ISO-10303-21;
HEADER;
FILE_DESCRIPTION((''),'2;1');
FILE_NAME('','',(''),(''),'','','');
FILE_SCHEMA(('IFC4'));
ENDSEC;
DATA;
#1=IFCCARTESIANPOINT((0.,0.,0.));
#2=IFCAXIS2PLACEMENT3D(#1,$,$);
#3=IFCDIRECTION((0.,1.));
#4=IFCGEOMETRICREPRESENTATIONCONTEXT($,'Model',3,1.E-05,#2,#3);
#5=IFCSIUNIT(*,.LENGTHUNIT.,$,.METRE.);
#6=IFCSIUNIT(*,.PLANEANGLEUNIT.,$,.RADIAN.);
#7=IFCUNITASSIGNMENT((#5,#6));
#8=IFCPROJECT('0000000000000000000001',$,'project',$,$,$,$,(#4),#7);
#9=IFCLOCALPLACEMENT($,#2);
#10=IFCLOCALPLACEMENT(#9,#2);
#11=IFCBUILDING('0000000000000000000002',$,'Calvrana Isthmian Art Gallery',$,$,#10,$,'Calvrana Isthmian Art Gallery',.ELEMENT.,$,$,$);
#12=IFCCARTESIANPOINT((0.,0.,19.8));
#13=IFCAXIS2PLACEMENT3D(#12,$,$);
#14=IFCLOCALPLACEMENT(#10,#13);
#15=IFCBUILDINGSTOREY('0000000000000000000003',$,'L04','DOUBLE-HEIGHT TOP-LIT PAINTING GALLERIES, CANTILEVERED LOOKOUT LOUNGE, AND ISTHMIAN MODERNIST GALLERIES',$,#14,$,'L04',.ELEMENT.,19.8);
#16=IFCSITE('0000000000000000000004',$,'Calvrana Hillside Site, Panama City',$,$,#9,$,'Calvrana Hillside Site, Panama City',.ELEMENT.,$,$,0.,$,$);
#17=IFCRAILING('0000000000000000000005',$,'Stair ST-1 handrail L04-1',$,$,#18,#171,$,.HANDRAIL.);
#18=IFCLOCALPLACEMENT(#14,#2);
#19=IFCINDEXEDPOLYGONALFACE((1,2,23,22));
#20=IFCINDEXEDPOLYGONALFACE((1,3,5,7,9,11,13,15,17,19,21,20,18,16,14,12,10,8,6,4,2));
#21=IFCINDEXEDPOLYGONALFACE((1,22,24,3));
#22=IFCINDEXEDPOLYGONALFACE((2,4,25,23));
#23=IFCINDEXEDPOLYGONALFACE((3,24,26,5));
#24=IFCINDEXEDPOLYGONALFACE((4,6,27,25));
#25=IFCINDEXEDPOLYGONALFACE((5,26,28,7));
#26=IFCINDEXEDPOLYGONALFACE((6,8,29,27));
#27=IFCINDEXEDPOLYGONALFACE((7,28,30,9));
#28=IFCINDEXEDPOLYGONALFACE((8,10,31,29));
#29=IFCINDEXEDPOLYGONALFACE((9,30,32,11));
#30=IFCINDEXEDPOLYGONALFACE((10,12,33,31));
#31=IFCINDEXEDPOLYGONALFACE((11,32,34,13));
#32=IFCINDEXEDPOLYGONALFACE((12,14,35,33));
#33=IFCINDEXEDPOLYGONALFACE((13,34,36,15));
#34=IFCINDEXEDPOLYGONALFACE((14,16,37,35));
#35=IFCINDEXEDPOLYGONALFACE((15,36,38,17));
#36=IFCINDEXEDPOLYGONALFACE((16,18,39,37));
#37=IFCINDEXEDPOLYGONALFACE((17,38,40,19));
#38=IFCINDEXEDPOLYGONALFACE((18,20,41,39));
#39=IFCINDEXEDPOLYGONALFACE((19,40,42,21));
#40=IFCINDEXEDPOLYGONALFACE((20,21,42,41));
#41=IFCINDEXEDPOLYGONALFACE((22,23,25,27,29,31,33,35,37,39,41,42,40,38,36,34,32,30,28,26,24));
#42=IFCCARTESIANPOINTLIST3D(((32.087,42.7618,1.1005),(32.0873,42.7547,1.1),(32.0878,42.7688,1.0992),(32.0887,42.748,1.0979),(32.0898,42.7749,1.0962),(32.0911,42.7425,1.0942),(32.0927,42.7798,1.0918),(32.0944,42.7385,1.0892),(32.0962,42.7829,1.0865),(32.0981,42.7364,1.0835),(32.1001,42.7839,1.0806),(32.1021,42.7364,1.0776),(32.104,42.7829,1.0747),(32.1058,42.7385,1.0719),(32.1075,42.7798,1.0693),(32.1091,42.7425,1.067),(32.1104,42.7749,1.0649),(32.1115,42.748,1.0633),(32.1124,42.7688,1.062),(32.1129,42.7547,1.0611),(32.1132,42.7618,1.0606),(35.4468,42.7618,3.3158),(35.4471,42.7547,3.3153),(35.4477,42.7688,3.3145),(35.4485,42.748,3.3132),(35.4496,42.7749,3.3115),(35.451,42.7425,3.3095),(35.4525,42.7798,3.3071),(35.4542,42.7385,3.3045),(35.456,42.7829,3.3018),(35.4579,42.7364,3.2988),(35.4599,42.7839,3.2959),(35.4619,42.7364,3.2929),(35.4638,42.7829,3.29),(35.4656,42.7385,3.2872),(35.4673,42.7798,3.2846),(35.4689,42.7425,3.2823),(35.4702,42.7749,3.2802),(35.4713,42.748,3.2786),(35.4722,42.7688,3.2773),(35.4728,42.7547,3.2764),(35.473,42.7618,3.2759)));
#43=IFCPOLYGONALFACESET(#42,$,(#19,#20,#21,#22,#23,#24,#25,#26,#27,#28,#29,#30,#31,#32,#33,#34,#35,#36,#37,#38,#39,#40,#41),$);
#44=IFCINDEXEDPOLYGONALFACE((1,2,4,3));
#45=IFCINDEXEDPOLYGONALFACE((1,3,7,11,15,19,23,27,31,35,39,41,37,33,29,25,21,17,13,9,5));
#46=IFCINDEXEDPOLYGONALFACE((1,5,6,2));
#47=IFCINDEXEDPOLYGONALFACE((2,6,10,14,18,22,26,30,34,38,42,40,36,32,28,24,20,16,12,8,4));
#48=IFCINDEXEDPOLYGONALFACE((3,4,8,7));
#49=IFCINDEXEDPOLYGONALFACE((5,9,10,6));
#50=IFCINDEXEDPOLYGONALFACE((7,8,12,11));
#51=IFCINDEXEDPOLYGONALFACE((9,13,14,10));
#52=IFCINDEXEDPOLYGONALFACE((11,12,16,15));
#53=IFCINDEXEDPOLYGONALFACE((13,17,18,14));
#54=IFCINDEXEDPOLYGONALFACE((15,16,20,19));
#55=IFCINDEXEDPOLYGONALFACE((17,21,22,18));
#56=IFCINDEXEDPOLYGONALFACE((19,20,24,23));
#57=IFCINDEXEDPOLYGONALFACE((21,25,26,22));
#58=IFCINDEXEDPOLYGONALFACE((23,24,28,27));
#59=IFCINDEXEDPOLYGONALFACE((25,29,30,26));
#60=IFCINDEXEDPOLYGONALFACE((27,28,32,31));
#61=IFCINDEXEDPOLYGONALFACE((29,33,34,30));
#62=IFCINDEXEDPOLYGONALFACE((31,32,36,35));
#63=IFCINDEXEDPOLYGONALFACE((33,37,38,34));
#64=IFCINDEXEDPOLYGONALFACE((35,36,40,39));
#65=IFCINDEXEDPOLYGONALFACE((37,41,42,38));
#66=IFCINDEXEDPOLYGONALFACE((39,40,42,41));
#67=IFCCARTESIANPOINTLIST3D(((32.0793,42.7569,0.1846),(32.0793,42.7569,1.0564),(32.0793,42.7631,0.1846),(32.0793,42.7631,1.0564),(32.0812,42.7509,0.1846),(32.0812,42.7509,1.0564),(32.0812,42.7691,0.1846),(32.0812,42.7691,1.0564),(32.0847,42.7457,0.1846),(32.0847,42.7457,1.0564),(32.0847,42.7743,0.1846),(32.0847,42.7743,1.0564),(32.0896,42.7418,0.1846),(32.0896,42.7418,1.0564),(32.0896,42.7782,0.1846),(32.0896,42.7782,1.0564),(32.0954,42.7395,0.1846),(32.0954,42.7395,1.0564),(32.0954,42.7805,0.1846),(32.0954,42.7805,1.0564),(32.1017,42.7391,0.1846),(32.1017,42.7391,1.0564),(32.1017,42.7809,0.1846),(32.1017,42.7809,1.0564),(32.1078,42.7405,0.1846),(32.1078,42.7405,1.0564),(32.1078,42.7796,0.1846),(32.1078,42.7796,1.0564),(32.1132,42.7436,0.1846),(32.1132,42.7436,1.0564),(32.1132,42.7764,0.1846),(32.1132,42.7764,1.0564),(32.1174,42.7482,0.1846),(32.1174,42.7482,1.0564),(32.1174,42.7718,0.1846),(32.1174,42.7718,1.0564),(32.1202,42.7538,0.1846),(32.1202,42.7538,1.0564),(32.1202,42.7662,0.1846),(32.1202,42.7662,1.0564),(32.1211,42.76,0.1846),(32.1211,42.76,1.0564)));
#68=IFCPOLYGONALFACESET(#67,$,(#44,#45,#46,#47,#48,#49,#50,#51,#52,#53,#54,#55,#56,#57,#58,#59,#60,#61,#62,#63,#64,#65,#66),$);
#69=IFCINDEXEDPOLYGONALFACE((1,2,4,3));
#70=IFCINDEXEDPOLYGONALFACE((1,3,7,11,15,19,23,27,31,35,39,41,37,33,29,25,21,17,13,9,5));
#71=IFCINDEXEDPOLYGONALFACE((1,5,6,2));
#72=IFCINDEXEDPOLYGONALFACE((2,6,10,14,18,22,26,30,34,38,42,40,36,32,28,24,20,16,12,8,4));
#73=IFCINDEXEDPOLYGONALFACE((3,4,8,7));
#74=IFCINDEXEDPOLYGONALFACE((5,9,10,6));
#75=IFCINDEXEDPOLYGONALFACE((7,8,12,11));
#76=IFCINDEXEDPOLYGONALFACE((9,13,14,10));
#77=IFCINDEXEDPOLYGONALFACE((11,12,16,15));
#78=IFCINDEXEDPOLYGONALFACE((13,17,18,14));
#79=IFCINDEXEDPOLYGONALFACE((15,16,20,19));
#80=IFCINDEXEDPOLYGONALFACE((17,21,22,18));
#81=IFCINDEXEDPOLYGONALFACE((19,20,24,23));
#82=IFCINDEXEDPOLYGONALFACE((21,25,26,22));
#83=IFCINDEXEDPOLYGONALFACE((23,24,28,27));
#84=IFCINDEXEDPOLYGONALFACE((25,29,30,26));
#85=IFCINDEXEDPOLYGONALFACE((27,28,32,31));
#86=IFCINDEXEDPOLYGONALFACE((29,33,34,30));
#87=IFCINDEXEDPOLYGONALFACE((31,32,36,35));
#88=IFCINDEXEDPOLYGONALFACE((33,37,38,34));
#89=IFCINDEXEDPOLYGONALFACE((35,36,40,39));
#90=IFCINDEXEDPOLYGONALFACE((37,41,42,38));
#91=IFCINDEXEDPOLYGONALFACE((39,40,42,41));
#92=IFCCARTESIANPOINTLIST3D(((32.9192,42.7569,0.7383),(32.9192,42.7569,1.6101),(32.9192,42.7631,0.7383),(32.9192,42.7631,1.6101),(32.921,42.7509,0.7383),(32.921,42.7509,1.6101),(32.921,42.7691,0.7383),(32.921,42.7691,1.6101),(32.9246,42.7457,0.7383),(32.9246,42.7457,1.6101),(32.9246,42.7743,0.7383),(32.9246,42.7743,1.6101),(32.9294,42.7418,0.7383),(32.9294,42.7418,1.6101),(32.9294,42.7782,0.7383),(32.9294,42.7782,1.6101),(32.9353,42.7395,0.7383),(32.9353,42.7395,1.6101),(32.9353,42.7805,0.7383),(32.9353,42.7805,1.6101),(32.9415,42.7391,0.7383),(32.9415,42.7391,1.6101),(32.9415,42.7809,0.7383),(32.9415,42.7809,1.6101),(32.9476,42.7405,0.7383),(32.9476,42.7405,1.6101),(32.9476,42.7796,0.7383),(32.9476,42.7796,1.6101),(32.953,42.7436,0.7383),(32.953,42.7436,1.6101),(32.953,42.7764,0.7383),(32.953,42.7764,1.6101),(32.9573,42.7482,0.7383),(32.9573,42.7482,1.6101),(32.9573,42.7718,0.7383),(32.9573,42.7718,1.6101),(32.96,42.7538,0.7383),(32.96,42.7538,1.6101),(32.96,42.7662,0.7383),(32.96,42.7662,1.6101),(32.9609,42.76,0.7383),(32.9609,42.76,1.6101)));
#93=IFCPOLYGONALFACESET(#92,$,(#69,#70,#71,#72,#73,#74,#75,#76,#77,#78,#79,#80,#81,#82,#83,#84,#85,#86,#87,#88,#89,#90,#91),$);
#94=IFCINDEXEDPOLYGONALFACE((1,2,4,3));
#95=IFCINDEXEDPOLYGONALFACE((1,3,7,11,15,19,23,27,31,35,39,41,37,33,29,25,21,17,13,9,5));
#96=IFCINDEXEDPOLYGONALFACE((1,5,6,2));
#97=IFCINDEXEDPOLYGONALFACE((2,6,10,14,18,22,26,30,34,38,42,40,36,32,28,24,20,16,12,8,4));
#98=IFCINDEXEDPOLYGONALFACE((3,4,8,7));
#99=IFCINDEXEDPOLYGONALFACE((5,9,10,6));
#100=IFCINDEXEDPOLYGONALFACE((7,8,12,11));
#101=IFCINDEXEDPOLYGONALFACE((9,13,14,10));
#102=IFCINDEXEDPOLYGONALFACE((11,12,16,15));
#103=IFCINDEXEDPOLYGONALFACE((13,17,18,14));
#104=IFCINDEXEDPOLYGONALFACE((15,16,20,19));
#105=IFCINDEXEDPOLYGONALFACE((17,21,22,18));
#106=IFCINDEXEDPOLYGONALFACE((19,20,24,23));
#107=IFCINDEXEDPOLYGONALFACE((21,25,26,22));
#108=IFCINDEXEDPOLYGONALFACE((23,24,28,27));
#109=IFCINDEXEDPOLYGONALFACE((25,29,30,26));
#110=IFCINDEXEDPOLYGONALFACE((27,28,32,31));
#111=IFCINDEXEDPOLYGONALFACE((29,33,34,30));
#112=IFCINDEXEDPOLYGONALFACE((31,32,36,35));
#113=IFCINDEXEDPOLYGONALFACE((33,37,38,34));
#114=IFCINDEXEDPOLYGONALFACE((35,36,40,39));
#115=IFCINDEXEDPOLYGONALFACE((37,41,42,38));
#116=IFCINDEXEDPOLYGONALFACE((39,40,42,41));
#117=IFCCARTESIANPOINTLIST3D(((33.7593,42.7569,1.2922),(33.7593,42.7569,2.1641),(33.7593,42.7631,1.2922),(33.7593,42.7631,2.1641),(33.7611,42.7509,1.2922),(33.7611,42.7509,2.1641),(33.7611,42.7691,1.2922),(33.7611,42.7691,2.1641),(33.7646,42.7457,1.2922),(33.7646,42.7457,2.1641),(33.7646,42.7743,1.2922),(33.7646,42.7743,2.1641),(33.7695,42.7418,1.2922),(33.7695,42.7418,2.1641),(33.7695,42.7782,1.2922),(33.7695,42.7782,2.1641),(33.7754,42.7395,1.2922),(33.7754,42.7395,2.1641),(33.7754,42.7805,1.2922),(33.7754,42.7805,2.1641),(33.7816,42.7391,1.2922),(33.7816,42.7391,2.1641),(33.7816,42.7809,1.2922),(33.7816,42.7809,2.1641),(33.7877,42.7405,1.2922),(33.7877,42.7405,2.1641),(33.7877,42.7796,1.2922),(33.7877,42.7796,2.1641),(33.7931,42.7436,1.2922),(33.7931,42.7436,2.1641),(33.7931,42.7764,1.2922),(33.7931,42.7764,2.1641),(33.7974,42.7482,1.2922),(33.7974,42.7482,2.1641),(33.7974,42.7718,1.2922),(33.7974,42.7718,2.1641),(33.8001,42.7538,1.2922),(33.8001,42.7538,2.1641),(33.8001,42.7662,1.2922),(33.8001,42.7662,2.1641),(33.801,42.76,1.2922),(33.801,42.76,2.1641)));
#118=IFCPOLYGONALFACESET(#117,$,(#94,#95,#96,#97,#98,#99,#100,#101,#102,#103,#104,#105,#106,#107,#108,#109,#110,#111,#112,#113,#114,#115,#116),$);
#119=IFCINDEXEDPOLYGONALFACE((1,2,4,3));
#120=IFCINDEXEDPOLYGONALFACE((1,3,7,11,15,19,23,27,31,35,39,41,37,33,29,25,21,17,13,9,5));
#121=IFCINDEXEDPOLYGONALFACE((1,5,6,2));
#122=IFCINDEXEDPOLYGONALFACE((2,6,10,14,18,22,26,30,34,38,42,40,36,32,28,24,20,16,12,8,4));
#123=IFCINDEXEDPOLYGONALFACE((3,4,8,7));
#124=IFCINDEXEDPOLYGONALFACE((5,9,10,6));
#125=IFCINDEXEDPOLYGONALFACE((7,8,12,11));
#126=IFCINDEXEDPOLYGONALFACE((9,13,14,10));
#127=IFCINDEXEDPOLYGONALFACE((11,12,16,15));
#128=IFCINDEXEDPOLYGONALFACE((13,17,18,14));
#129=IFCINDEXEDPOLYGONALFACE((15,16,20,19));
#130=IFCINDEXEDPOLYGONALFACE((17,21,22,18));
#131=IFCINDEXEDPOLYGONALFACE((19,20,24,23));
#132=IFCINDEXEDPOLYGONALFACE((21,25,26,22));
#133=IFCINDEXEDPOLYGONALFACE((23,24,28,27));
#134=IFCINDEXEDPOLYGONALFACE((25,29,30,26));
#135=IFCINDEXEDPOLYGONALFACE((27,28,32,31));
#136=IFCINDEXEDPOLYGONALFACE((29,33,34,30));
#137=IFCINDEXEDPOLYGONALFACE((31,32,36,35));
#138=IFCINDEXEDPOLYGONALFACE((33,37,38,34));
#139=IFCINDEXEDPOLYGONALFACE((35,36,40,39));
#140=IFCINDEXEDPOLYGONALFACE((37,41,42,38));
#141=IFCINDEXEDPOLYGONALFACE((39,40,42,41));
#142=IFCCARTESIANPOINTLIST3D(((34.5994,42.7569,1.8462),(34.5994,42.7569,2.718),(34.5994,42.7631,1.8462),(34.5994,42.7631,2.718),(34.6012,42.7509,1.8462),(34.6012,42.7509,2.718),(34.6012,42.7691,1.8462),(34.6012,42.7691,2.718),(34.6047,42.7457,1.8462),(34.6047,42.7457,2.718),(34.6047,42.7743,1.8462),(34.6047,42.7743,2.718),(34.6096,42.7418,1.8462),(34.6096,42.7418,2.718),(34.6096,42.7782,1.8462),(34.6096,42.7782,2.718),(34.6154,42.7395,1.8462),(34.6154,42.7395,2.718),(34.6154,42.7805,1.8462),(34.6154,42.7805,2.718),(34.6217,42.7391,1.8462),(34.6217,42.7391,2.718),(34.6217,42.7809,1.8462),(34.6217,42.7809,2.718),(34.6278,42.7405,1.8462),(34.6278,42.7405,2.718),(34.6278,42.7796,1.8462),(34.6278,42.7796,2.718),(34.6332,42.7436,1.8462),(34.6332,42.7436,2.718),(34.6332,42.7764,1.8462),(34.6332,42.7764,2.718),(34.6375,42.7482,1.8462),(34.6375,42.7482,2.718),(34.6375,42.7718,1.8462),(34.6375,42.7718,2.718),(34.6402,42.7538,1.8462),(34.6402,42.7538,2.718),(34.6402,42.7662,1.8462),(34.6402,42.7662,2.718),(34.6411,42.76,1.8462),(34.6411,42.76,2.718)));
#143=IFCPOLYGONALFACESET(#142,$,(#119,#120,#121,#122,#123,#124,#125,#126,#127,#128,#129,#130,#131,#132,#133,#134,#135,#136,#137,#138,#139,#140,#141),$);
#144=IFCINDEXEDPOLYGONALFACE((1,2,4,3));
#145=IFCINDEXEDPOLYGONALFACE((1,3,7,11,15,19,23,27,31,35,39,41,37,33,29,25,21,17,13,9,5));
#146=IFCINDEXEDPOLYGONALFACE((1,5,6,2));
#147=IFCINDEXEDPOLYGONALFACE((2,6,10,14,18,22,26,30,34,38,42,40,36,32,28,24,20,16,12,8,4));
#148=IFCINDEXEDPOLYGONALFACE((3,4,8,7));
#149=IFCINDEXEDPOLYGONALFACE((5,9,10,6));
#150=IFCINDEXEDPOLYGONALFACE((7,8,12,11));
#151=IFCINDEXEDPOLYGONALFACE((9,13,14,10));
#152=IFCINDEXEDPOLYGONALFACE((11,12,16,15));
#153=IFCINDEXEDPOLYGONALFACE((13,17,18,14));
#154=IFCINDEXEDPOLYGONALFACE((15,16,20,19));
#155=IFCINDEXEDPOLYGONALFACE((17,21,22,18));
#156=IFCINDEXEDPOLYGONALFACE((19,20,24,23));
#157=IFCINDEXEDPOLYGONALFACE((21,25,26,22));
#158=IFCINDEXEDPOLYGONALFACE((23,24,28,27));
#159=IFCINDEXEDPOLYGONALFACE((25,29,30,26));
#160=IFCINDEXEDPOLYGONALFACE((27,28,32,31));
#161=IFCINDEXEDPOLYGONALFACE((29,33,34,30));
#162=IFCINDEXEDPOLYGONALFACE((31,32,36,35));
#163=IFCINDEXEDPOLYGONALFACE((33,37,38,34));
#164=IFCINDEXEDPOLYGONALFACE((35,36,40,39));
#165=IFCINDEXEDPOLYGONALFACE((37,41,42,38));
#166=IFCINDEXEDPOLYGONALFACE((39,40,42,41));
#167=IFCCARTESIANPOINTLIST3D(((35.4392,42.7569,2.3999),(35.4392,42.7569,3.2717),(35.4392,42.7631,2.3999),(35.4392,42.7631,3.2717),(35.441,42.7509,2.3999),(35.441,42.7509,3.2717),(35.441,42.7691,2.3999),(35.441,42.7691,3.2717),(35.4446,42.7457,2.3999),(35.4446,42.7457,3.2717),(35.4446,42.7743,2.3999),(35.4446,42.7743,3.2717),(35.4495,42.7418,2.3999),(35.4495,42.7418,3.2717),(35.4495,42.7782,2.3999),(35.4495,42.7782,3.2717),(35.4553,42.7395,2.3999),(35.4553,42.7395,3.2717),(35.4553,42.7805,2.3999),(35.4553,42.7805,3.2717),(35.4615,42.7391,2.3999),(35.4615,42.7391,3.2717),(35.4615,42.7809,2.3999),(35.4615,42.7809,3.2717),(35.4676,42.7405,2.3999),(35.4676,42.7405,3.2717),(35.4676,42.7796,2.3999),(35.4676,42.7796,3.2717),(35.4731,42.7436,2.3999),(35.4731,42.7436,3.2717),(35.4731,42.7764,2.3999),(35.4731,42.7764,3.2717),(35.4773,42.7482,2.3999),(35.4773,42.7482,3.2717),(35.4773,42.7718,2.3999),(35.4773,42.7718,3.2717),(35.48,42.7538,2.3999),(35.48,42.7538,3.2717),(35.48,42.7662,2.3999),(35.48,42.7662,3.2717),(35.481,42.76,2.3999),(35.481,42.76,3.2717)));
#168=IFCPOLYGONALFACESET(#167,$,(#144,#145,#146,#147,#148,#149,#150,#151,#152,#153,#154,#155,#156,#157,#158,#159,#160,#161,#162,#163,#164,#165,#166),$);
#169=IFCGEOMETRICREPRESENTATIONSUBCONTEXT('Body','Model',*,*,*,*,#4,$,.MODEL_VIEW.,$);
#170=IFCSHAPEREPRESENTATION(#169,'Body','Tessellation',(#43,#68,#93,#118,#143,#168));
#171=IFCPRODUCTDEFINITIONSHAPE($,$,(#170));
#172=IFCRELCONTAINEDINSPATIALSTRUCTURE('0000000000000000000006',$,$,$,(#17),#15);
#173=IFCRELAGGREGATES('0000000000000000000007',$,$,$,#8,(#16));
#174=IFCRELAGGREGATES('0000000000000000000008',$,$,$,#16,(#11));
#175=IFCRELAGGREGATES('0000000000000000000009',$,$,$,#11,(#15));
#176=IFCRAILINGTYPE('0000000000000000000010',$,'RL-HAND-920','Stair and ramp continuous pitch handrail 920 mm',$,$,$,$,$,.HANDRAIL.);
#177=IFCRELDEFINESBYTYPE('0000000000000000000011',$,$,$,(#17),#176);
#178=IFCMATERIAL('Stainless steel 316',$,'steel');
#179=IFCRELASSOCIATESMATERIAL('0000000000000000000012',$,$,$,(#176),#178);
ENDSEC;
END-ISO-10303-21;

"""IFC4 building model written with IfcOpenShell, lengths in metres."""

from ifc_helpers import new_model, si_unit, direction, frame, origin, origin_2d, place, context, subcontext, project, spatial, circle, extrude, material, type_object, element, save


model = new_model("IFC4")

# Units and contexts
model_context = context("Model", 3, precision=1e-05, world=origin(), true_north=direction((0.0, 1.0)))
body_context = subcontext(model_context, "Body", "Model", "MODEL_VIEW")
ifc_project = project(units=[si_unit("LENGTHUNIT", "METRE"), si_unit("PLANEANGLEUNIT", "RADIAN")], contexts=[model_context])

# Site, building, storey
site_placement = place(None, origin())
site = spatial("IfcSite", under=ifc_project, at=site_placement, Name="Calvrana Hillside Site, Panama City", LongName="Calvrana Hillside Site, Panama City", CompositionType="ELEMENT", RefElevation=0.0)
building_placement = place(site_placement, origin())
building = spatial("IfcBuilding", under=site, at=building_placement, Name="Calvrana Isthmian Art Gallery", LongName="Calvrana Isthmian Art Gallery", CompositionType="ELEMENT")
storey_placement = place(building_placement, frame((0.0, 0.0, 19.8)))
storey = spatial("IfcBuildingStorey", under=building, at=storey_placement, Name="L04", Description="DOUBLE-HEIGHT TOP-LIT PAINTING GALLERIES, CANTILEVERED LOOKOUT LOUNGE, AND ISTHMIAN MODERNIST GALLERIES", LongName="L04", CompositionType="ELEMENT", Elevation=19.8)

# Shared definitions
ifc_material_1 = material(Name="Stainless steel 316", Category="steel")

# Railing
railing_type_1 = type_object("IfcRailingType", Name="RL-HAND-920", Description="Stair and ramp continuous pitch handrail 920 mm", PredefinedType="HANDRAIL", material=ifc_material_1)
railing_1_placement = place(storey_placement, frame((32.1001, 42.76, 0.1846)))
element("IfcRailing", 1, at=railing_1_placement, inside=storey, type_object=railing_type_1, Name="Stair ST-1 handrail L04-1", PredefinedType="HANDRAIL", context=body_context, shape_type="SweptSolid", body=[
    extrude(circle(Radius=0.0239, at=origin_2d()), frame((0.0, 0.0, 0.896), z_axis=(0.834858, 0.0, 0.550465), x_axis=(0.0, 1.0, 0.0)), (0.0, 0.0, 1.0), 4.0244),
    extrude(circle(Radius=0.021, at=origin_2d()), origin(), (0.0, 0.0, 1.0), 0.8718),
    extrude(circle(Radius=0.021, at=origin_2d()), frame((0.8398, 0.0, 0.5537)), (0.0, 0.0, 1.0), 0.8718),
    extrude(circle(Radius=0.021, at=origin_2d()), frame((1.6799, 0.0, 1.1077)), (0.0, 0.0, 1.0), 0.8718),
    extrude(circle(Radius=0.021, at=origin_2d()), frame((2.52, 0.0, 1.6616)), (0.0, 0.0, 1.0), 0.8718),
    extrude(circle(Radius=0.021, at=origin_2d()), frame((3.3599, 0.0, 2.2153)), (0.0, 0.0, 1.0), 0.8718),
])

save(model, "model.ifc")
